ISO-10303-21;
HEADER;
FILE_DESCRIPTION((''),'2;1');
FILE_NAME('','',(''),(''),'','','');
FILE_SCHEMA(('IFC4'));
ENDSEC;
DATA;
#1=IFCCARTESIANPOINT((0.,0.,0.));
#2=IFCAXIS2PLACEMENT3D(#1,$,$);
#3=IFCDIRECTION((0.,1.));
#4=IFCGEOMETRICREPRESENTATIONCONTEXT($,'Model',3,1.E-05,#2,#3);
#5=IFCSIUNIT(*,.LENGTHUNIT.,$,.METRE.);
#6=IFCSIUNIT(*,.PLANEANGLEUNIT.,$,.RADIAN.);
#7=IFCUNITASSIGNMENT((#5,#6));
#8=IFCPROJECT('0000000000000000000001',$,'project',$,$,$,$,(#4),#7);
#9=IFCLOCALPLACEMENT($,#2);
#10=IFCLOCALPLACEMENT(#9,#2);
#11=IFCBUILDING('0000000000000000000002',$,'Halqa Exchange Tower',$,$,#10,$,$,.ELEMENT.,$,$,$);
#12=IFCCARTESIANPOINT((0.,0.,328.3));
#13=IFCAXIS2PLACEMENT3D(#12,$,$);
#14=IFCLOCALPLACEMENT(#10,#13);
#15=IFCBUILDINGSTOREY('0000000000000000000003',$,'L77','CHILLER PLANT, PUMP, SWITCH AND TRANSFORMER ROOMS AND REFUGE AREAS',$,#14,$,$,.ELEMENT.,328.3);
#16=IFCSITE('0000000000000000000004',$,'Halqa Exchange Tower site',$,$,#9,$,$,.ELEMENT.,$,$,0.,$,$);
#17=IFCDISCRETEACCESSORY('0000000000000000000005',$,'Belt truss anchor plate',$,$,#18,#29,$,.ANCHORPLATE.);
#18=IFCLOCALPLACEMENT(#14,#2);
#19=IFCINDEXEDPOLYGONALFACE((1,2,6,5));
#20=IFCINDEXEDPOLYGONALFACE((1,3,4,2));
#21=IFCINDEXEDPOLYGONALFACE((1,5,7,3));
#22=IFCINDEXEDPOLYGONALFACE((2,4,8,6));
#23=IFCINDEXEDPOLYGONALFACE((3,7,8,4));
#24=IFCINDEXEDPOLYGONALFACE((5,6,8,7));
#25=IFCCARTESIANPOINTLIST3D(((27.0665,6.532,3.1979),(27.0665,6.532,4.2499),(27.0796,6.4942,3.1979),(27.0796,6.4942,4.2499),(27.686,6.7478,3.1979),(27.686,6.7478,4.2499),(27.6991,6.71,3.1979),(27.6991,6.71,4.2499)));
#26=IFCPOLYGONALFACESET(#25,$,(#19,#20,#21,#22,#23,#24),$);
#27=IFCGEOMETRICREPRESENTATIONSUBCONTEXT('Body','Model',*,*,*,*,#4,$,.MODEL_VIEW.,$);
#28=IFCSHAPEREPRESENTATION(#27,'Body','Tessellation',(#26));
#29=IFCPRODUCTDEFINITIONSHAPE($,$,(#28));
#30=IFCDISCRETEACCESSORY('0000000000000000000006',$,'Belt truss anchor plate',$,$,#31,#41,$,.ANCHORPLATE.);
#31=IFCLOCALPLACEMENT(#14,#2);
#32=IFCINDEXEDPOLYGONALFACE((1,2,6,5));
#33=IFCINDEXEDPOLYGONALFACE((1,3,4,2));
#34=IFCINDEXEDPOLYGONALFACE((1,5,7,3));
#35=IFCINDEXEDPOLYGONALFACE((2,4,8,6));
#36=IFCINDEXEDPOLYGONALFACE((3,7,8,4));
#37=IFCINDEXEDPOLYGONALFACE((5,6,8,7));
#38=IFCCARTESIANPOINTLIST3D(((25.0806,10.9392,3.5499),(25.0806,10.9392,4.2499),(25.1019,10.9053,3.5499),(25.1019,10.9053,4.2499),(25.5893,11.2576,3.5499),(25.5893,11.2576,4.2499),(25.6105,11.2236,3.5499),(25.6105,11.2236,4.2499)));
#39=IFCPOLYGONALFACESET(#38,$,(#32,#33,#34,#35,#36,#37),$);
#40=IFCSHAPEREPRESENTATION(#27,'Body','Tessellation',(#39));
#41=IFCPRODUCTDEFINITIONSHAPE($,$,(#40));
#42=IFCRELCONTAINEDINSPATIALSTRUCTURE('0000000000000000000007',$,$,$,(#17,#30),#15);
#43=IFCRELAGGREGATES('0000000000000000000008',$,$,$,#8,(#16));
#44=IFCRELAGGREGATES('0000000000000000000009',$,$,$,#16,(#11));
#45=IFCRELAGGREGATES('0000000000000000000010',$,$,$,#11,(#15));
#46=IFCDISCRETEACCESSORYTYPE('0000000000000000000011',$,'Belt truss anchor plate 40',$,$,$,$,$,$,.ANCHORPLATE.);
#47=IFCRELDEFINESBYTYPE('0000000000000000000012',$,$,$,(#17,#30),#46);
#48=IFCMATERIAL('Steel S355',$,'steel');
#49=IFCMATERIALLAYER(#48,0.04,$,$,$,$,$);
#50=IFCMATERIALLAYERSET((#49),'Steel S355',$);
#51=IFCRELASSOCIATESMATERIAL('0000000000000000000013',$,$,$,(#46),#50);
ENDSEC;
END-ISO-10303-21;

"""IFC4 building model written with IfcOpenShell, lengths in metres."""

from ifc_helpers import new_model, si_unit, direction, frame, origin, origin_2d, place, context, subcontext, project, spatial, rectangle, extrude, material, layer, layer_set, type_object, element, save


model = new_model("IFC4")

# Units and contexts
model_context = context("Model", 3, precision=1e-05, world=origin(), true_north=direction((0.0, 1.0)))
body_context = subcontext(model_context, "Body", "Model", "MODEL_VIEW")
ifc_project = project(units=[si_unit("LENGTHUNIT", "METRE"), si_unit("PLANEANGLEUNIT", "RADIAN")], contexts=[model_context])

# Site, building, storey
site_placement = place(None, origin())
site = spatial("IfcSite", under=ifc_project, at=site_placement, Name="Halqa Exchange Tower site", CompositionType="ELEMENT", RefElevation=0.0)
building_placement = place(site_placement, origin())
building = spatial("IfcBuilding", under=site, at=building_placement, Name="Halqa Exchange Tower", CompositionType="ELEMENT")
storey_placement = place(building_placement, frame((0.0, 0.0, 328.3)))
storey = spatial("IfcBuildingStorey", under=building, at=storey_placement, Name="L77", Description="CHILLER PLANT, PUMP, SWITCH AND TRANSFORMER ROOMS AND REFUGE AREAS", CompositionType="ELEMENT", Elevation=328.3)

# Shared definitions
ifc_material_1 = material(Name="Steel S355", Category="steel")

# Discrete accessories
ifc_layer_1 = layer(ifc_material_1, 0.04)
ifc_layer_set_1 = layer_set([ifc_layer_1], Name="Steel S355")
discrete_accessory_type = type_object("IfcDiscreteAccessoryType", Name="Belt truss anchor plate 40", PredefinedType="ANCHORPLATE", material=ifc_layer_set_1)
discrete_accessory_1_placement = place(storey_placement, frame((27.3762, 6.6399, 3.7239), z_axis=(0.328993, -0.944332, 0.0), x_axis=(0.944332, 0.328993, 0.0)))
element("IfcDiscreteAccessory", 1, at=discrete_accessory_1_placement, inside=storey, type_object=discrete_accessory_type, Name="Belt truss anchor plate", PredefinedType="ANCHORPLATE", context=body_context, shape_type="SweptSolid", body=[
    extrude(rectangle(XDim=0.656, YDim=1.052, at=origin_2d()), origin(), (0.0, 0.0, 1.0), 0.04),
])
discrete_accessory_2_placement = place(storey_placement, frame((25.335, 11.0984, 3.8999), z_axis=(0.530547, -0.847656, 0.0), x_axis=(0.847656, 0.530547, 0.0)))
element("IfcDiscreteAccessory", 2, at=discrete_accessory_2_placement, inside=storey, type_object=discrete_accessory_type, Name="Belt truss anchor plate", PredefinedType="ANCHORPLATE", context=body_context, shape_type="SweptSolid", body=[
    extrude(rectangle(XDim=0.6001, YDim=0.7, at=origin_2d()), origin(), (0.0, 0.0, 1.0), 0.04),
])

save(model, "model.ifc")
